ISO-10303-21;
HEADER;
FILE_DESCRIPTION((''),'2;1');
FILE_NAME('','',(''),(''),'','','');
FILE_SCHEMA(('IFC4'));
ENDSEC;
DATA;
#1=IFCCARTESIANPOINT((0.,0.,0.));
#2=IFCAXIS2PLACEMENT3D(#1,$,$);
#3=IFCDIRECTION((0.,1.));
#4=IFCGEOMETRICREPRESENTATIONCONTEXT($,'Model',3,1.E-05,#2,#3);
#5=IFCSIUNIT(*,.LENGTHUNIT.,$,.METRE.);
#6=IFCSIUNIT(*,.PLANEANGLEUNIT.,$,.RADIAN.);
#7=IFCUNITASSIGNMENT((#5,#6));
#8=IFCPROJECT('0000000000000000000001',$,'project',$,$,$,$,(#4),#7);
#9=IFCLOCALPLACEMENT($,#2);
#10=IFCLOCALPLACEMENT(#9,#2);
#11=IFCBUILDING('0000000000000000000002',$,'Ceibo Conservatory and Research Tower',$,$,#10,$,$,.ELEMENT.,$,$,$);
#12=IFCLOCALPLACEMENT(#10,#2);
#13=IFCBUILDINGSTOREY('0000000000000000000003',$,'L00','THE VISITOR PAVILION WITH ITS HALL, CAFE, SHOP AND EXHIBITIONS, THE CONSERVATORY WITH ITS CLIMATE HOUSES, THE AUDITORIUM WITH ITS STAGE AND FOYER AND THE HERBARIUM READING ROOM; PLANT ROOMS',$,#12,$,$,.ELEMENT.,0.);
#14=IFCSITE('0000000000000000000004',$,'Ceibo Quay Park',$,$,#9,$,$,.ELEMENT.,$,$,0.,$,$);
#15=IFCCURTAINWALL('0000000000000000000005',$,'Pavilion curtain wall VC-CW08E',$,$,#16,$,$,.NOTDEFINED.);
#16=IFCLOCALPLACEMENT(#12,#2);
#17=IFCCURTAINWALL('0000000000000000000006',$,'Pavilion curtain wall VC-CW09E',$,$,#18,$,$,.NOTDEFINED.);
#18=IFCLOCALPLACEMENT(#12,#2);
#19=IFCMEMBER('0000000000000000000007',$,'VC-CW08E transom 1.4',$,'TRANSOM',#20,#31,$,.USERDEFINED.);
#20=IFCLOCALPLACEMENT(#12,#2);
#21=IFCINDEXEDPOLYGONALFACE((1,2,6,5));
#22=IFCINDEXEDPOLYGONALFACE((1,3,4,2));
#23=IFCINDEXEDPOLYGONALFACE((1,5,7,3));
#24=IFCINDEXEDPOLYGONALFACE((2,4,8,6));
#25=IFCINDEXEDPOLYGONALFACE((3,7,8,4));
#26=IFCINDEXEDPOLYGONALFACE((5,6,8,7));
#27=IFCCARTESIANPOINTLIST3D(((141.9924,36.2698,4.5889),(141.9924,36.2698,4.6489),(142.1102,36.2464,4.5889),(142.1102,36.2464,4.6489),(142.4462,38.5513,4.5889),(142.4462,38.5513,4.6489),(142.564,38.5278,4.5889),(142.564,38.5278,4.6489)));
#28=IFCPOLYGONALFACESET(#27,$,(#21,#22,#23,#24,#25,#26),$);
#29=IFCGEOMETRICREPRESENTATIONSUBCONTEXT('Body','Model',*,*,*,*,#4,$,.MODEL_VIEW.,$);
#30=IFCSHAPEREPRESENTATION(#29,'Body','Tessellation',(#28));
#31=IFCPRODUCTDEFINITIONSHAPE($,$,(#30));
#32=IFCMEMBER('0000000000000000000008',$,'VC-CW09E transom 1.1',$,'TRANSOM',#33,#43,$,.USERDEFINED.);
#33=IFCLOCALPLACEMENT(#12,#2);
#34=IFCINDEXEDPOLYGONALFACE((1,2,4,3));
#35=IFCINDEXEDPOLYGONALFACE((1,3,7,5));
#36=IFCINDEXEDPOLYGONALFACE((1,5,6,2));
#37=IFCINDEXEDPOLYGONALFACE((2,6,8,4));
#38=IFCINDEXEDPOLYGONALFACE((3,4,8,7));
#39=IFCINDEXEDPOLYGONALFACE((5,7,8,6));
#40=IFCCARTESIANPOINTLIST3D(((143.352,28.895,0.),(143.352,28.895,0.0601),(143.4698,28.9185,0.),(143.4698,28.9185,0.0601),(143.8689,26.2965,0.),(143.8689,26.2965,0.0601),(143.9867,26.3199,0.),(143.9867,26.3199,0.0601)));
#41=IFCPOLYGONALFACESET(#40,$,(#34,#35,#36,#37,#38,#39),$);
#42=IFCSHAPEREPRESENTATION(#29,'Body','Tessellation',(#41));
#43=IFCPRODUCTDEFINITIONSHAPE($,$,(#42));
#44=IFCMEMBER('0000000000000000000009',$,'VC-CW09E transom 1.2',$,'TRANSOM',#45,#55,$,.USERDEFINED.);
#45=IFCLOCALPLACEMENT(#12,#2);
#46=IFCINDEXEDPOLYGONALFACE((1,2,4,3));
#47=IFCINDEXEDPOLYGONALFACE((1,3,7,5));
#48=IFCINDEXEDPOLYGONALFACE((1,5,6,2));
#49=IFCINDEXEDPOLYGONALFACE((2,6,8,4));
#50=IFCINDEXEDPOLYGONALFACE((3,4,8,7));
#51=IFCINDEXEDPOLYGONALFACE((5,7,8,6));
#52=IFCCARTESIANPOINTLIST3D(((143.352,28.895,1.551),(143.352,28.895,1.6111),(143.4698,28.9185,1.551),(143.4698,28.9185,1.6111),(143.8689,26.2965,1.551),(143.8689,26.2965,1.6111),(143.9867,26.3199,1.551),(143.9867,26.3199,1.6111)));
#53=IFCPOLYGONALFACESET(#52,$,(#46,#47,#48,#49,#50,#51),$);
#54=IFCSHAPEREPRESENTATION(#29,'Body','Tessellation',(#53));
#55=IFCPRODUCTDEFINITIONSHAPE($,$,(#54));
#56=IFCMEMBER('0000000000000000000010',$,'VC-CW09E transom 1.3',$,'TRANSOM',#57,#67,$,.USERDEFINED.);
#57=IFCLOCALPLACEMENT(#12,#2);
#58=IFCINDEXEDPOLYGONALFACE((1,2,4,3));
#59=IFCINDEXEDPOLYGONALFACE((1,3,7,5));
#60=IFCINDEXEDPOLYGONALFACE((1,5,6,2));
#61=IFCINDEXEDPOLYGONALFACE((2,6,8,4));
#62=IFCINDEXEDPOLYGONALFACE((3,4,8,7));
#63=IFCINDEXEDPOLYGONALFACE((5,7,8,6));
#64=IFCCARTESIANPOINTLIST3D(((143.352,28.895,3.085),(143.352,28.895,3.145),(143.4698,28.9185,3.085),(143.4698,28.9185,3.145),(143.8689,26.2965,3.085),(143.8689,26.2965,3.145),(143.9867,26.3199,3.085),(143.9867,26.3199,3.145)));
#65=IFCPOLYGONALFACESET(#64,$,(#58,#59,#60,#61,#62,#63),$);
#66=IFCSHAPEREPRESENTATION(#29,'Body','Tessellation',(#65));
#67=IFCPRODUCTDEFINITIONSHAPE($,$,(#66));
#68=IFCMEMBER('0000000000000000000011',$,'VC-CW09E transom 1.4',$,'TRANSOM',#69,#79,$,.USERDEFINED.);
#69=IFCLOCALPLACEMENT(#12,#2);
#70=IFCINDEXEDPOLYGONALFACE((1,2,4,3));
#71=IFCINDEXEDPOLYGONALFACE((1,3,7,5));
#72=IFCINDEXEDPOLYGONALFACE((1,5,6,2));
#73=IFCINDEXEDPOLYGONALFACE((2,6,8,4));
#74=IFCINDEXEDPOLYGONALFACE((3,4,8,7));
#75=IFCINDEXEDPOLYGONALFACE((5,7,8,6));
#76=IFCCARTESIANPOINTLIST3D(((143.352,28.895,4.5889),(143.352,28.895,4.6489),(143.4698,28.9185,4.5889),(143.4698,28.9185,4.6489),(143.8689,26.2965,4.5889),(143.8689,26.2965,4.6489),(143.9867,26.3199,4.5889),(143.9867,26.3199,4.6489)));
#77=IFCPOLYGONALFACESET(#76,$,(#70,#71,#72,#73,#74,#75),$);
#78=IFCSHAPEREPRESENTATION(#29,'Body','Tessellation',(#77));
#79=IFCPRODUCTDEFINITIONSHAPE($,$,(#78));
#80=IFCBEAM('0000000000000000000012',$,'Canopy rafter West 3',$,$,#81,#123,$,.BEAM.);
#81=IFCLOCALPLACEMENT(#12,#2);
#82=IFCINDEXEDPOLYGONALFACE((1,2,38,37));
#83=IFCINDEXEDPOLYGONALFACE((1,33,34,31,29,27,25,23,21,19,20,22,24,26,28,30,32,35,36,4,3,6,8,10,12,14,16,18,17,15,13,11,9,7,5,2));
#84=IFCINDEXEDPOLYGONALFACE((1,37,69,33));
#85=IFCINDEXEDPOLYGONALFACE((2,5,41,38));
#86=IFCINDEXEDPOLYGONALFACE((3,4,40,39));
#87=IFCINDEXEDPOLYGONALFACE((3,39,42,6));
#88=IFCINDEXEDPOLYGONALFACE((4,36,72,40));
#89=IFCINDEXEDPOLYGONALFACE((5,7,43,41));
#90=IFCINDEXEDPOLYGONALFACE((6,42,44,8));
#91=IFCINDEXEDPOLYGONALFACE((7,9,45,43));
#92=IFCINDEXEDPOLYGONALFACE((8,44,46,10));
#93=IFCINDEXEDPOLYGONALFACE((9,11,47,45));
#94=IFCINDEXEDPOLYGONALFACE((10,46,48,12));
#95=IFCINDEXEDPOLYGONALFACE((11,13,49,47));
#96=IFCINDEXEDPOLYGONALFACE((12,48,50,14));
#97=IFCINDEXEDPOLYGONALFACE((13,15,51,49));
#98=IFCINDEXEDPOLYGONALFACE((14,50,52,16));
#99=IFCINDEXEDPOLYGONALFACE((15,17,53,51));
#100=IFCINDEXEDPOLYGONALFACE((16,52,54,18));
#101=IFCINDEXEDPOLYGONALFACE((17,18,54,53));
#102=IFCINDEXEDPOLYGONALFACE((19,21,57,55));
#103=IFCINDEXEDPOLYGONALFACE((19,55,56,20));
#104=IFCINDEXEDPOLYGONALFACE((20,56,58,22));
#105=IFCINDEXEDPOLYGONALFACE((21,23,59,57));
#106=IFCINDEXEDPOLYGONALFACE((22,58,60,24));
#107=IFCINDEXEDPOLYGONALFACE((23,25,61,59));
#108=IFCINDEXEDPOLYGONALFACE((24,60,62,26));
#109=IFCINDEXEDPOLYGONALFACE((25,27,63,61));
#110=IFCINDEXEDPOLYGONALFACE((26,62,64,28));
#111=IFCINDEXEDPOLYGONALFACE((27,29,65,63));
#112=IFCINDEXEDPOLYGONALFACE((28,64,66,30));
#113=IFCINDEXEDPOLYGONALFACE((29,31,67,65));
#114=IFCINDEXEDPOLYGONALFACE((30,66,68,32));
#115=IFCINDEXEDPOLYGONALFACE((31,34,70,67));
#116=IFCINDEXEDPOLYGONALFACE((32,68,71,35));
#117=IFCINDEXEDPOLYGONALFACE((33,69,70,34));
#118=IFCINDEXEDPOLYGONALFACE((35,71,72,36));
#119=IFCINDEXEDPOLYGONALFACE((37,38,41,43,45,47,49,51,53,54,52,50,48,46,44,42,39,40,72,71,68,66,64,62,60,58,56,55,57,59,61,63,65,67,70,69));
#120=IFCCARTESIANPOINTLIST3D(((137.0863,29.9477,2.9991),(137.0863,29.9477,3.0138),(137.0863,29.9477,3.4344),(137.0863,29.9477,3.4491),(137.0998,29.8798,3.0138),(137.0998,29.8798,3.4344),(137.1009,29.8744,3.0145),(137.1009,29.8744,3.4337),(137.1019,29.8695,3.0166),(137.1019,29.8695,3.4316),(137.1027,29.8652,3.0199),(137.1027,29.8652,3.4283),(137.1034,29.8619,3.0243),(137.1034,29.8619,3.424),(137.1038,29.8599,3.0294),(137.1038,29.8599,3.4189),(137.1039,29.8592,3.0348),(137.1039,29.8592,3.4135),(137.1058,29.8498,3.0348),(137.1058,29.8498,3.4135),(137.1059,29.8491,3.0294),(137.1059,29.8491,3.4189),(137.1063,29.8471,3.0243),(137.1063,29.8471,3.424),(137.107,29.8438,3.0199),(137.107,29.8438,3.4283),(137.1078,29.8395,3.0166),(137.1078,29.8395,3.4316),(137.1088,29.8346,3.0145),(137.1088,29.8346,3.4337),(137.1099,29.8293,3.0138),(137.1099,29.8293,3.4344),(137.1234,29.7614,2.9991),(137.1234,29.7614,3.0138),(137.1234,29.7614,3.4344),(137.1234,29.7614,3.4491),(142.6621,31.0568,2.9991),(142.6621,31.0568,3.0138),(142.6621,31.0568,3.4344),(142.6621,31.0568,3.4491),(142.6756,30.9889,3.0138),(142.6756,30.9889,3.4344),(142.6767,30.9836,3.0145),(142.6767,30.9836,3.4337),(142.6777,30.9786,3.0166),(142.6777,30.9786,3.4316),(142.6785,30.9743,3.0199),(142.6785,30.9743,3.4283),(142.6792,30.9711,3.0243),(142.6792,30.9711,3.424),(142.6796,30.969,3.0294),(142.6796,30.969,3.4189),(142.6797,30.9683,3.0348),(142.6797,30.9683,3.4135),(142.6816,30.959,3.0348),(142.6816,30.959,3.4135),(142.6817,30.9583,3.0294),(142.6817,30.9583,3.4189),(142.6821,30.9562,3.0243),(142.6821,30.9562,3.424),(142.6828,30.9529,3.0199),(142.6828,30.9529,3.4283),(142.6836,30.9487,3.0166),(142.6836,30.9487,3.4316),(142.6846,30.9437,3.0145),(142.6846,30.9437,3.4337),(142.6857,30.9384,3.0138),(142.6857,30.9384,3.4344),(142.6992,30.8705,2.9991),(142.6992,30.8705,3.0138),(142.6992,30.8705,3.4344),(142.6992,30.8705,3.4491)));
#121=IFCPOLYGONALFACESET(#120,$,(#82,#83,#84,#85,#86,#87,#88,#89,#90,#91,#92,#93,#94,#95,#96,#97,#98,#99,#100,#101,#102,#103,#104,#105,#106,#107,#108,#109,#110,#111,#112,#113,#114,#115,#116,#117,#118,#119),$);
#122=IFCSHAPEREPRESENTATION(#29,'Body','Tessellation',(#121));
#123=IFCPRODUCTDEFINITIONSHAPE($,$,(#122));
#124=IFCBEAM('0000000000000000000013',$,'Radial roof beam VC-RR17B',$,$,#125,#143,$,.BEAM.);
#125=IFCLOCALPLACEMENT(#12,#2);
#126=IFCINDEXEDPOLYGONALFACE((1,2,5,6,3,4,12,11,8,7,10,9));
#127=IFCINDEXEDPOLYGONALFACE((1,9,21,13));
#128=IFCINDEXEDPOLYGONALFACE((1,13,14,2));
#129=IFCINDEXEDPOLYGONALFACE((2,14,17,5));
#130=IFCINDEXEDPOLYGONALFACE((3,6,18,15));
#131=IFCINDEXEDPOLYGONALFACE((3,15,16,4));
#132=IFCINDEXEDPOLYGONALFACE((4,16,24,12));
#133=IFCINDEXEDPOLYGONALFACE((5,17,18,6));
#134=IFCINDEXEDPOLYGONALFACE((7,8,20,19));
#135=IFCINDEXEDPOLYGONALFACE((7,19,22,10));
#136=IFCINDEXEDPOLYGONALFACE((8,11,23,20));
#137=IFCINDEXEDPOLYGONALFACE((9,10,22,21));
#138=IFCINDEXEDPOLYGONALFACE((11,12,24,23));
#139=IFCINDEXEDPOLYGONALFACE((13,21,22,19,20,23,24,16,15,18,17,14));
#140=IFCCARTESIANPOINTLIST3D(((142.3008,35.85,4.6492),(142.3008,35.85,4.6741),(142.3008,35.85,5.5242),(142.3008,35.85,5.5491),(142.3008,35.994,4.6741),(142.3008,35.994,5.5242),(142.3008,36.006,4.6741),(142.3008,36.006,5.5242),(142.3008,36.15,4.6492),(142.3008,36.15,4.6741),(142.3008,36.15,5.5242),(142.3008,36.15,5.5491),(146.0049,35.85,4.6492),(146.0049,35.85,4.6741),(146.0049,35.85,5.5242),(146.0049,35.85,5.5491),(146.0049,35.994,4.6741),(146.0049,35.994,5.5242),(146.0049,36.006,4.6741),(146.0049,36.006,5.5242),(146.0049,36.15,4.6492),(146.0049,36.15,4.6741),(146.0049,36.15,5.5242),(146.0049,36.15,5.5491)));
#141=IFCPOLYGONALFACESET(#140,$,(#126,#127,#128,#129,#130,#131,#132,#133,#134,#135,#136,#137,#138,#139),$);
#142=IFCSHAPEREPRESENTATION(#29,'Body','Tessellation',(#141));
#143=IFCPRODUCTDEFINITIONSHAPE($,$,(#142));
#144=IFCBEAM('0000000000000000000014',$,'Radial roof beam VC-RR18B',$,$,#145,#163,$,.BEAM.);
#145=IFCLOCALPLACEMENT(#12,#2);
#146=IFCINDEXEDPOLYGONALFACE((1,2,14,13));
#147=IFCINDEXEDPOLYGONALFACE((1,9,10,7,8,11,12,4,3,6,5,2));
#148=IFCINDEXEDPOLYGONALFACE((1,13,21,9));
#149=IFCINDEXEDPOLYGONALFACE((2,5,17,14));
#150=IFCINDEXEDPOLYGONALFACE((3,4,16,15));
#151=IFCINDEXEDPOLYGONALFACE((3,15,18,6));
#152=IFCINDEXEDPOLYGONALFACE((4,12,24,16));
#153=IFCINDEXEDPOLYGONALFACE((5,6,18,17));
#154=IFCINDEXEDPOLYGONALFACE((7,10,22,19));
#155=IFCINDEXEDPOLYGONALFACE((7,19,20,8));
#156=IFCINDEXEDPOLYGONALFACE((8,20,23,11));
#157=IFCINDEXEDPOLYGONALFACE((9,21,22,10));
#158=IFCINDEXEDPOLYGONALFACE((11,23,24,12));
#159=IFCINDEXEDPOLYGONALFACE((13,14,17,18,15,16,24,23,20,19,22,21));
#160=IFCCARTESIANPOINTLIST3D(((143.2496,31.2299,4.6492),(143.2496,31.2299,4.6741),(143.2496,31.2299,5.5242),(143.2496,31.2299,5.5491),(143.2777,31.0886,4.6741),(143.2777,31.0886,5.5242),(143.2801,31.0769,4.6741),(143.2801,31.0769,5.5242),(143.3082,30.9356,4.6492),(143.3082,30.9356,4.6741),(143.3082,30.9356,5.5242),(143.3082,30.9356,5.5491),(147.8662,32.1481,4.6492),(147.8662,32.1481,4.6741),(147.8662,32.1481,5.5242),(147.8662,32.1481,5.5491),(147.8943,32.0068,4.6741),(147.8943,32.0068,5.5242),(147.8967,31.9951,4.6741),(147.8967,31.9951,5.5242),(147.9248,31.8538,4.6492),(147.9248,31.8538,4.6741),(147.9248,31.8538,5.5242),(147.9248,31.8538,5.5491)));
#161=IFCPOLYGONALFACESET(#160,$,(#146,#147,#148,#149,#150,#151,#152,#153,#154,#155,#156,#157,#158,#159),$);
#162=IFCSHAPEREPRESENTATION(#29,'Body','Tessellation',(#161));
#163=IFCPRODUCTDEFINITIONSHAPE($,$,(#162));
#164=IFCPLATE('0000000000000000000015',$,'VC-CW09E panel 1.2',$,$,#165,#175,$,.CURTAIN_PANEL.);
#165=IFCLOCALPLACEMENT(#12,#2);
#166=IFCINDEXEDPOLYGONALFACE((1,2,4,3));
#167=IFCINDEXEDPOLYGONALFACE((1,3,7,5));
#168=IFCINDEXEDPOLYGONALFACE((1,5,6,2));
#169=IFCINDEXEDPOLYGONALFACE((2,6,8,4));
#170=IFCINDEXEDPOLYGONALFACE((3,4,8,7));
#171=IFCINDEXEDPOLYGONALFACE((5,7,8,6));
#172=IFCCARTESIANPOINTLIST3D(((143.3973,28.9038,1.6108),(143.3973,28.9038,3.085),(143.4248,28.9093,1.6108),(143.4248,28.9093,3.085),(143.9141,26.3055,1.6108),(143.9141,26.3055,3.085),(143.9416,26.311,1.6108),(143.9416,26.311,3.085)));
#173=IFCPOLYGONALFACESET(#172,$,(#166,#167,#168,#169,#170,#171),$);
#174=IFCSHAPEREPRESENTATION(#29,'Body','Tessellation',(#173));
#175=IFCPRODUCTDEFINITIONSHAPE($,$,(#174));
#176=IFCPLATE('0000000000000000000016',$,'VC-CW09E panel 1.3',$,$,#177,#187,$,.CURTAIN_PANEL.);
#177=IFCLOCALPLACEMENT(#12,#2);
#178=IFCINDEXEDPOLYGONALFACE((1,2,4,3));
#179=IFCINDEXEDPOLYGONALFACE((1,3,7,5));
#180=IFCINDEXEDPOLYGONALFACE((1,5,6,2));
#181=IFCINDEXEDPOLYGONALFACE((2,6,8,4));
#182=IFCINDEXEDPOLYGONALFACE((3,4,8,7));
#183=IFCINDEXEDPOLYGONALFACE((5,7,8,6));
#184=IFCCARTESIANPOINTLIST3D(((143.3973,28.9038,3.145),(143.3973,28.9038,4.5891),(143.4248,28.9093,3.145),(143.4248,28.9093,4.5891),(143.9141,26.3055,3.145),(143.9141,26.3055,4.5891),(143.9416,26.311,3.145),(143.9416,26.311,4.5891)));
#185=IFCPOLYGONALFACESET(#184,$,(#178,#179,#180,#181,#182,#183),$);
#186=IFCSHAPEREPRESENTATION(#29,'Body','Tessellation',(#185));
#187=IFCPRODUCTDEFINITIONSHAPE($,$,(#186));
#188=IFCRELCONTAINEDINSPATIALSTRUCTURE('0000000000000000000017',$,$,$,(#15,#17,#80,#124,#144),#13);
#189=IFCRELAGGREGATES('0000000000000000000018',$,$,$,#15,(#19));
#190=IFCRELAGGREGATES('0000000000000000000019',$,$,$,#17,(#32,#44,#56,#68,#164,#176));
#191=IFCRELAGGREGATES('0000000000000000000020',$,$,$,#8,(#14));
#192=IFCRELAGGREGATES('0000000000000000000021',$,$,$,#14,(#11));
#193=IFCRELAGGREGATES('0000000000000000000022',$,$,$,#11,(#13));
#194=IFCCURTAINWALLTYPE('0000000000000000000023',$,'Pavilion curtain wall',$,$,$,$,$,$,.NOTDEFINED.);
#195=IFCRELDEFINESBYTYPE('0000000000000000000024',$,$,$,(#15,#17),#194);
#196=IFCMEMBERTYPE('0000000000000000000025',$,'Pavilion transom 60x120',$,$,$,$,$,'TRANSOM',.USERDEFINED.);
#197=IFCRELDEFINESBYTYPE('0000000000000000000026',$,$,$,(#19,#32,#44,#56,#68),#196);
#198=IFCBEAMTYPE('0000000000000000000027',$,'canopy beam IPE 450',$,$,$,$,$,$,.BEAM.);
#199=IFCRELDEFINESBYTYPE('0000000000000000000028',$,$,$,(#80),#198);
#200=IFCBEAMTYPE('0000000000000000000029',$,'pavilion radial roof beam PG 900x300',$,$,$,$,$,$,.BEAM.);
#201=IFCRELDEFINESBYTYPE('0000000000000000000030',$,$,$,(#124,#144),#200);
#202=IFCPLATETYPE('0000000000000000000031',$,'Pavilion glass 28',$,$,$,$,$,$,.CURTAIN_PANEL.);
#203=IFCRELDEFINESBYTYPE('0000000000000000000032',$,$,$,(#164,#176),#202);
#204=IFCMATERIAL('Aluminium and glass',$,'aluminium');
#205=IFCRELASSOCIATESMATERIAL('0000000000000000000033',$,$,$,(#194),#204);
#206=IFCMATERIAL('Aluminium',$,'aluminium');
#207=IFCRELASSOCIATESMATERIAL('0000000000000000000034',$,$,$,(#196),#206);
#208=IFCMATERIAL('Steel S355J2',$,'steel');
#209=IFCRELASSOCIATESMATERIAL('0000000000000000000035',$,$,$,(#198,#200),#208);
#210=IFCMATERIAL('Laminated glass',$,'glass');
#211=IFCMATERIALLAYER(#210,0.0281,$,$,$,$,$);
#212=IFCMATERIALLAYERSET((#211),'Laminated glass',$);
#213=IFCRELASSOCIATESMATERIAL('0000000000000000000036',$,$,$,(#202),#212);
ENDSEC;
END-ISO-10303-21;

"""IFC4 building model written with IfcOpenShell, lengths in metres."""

from ifc_helpers import new_model, si_unit, direction, frame, origin, origin_2d, place, context, subcontext, project, spatial, rectangle, i_section, extrude, material, layer, layer_set, material_profile, profile_set, type_object, element, aggregate, save


model = new_model("IFC4")

# Units and contexts
model_context = context("Model", 3, precision=1e-05, world=origin(), true_north=direction((0.0, 1.0)))
body_context = subcontext(model_context, "Body", "Model", "MODEL_VIEW")
ifc_project = project(units=[si_unit("LENGTHUNIT", "METRE"), si_unit("PLANEANGLEUNIT", "RADIAN")], contexts=[model_context])

# Site, building, storey
site_placement = place(None, origin())
site = spatial("IfcSite", under=ifc_project, at=site_placement, Name="Ceibo Quay Park", CompositionType="ELEMENT", RefElevation=0.0)
building_placement = place(site_placement, origin())
building = spatial("IfcBuilding", under=site, at=building_placement, Name="Ceibo Conservatory and Research Tower", CompositionType="ELEMENT")
storey_placement = place(building_placement, origin())
storey = spatial("IfcBuildingStorey", under=building, at=storey_placement, Name="L00", Description="THE VISITOR PAVILION WITH ITS HALL, CAFE, SHOP AND EXHIBITIONS, THE CONSERVATORY WITH ITS CLIMATE HOUSES, THE AUDITORIUM WITH ITS STAGE AND FOYER AND THE HERBARIUM READING ROOM; PLANT ROOMS", CompositionType="ELEMENT", Elevation=0.0)

# Curtain walls
ifc_material_1 = material(Name="Aluminium and glass", Category="aluminium")
curtain_wall_type = type_object("IfcCurtainWallType", Name="Pavilion curtain wall", PredefinedType="NOTDEFINED", material=ifc_material_1)
curtain_wall_1_placement = place(storey_placement, origin())
curtain_wall_1 = element("IfcCurtainWall", 1, at=curtain_wall_1_placement, inside=storey, type_object=curtain_wall_type, Name="Pavilion curtain wall VC-CW08E", PredefinedType="NOTDEFINED")
ifc_material_2 = material(Name="Aluminium", Category="aluminium")
curtain_wall_2_placement = place(storey_placement, origin())
curtain_wall_2 = element("IfcCurtainWall", 2, at=curtain_wall_2_placement, inside=storey, type_object=curtain_wall_type, Name="Pavilion curtain wall VC-CW09E", PredefinedType="NOTDEFINED")

# Members
ifc_material_profile_1 = material_profile(ifc_material_2, rectangle(XDim=0.1201, YDim=0.0601, at=origin_2d()), Name="AL 60x120")
ifc_profile_set_1 = profile_set([ifc_material_profile_1], Name="Aluminium")
member_type_1 = type_object("IfcMemberType", Name="Pavilion transom 60x120", ElementType="TRANSOM", PredefinedType="USERDEFINED", material=ifc_profile_set_1)
member_1_placement = place(storey_placement, frame((142.5051, 38.5396, 4.6189), z_axis=(-0.195107, -0.980782, 0.0), x_axis=(0.980782, -0.195107, 0.0)))
member_1 = element("IfcMember", 3, at=member_1_placement, type_object=member_type_1, Name="VC-CW08E transom 1.4", ObjectType="TRANSOM", PredefinedType="USERDEFINED", context=body_context, shape_type="SweptSolid", body=[
    extrude(rectangle(XDim=0.1201, YDim=0.0601, at=origin_2d()), origin(), (0.0, 0.0, 1.0), 2.3262),
])
aggregate(curtain_wall_1, [member_1])
member_2_placement = place(storey_placement, frame((143.4109, 28.9067, 0.03), z_axis=(0.195088, -0.980786, 0.0), x_axis=(0.980786, 0.195088, 0.0)))
member_2 = element("IfcMember", 4, at=member_2_placement, type_object=member_type_1, Name="VC-CW09E transom 1.1", ObjectType="TRANSOM", PredefinedType="USERDEFINED", context=body_context, shape_type="SweptSolid", body=[
    extrude(rectangle(XDim=0.1201, YDim=0.0601, at=origin_2d()), origin(), (0.0, 0.0, 1.0), 2.6494),
])
member_3_placement = place(storey_placement, frame((143.4109, 28.9067, 1.5811), z_axis=(0.195088, -0.980786, 0.0), x_axis=(0.980786, 0.195088, 0.0)))
member_3 = element("IfcMember", 5, at=member_3_placement, type_object=member_type_1, Name="VC-CW09E transom 1.2", ObjectType="TRANSOM", PredefinedType="USERDEFINED", context=body_context, shape_type="SweptSolid", body=[
    extrude(rectangle(XDim=0.1201, YDim=0.0601, at=origin_2d()), origin(), (0.0, 0.0, 1.0), 2.6494),
])
member_4_placement = place(storey_placement, frame((143.4109, 28.9067, 3.115), z_axis=(0.195088, -0.980786, 0.0), x_axis=(0.980786, 0.195088, 0.0)))
member_4 = element("IfcMember", 6, at=member_4_placement, type_object=member_type_1, Name="VC-CW09E transom 1.3", ObjectType="TRANSOM", PredefinedType="USERDEFINED", context=body_context, shape_type="SweptSolid", body=[
    extrude(rectangle(XDim=0.1201, YDim=0.0601, at=origin_2d()), origin(), (0.0, 0.0, 1.0), 2.6494),
])
member_5_placement = place(storey_placement, frame((143.4109, 28.9067, 4.6189), z_axis=(0.195088, -0.980786, 0.0), x_axis=(0.980786, 0.195088, 0.0)))
member_5 = element("IfcMember", 7, at=member_5_placement, type_object=member_type_1, Name="VC-CW09E transom 1.4", ObjectType="TRANSOM", PredefinedType="USERDEFINED", context=body_context, shape_type="SweptSolid", body=[
    extrude(rectangle(XDim=0.1201, YDim=0.0601, at=origin_2d()), origin(), (0.0, 0.0, 1.0), 2.6494),
])

# Beams
ifc_material_3 = material(Name="Steel S355J2", Category="steel")
ifc_material_profile_2 = material_profile(ifc_material_3, i_section(OverallWidth=0.1899, OverallDepth=0.45, WebThickness=0.0095, FlangeThickness=0.0146, FilletRadius=0.021, at=origin_2d()), Name="IPE 450")
ifc_profile_set_2 = profile_set([ifc_material_profile_2], Name="Steel S355J2")
beam_type_1 = type_object("IfcBeamType", Name="canopy beam IPE 450", PredefinedType="BEAM", material=ifc_profile_set_2)
beam_1_placement = place(storey_placement, frame((142.6807, 30.9636, 3.2241), z_axis=(-0.980785, -0.195092, 0.0), x_axis=(0.195092, -0.980785, 0.0)))
element("IfcBeam", 8, at=beam_1_placement, inside=storey, type_object=beam_type_1, Name="Canopy rafter West 3", PredefinedType="BEAM", context=body_context, shape_type="SweptSolid", body=[
    extrude(i_section(OverallWidth=0.1899, OverallDepth=0.45, WebThickness=0.0095, FlangeThickness=0.0146, FilletRadius=0.021, at=origin_2d()), origin(), (0.0, 0.0, 1.0), 5.6851),
])
ifc_material_profile_3 = material_profile(ifc_material_3, i_section(OverallWidth=0.3, OverallDepth=0.8999, WebThickness=0.012, FlangeThickness=0.0249, at=origin_2d()), Name="PG 900x300")
ifc_profile_set_3 = profile_set([ifc_material_profile_3], Name="Steel S355J2")
beam_type_2 = type_object("IfcBeamType", Name="pavilion radial roof beam PG 900x300", PredefinedType="BEAM", material=ifc_profile_set_3)
beam_2_placement = place(storey_placement, frame((146.0049, 36.0, 5.0991), z_axis=(-1.0, 0.0, 0.0), x_axis=(0.0, -1.0, 0.0)))
element("IfcBeam", 9, at=beam_2_placement, inside=storey, type_object=beam_type_2, Name="Radial roof beam VC-RR17B", PredefinedType="BEAM", context=body_context, shape_type="SweptSolid", body=[
    extrude(i_section(OverallWidth=0.3, OverallDepth=0.8999, WebThickness=0.012, FlangeThickness=0.0249, at=origin_2d()), origin(), (0.0, 0.0, 1.0), 3.7041),
])
beam_3_placement = place(storey_placement, frame((147.8955, 32.001, 5.0991), z_axis=(-0.98079, -0.195069, 0.0), x_axis=(0.195069, -0.98079, 0.0)))
element("IfcBeam", 10, at=beam_3_placement, inside=storey, type_object=beam_type_2, Name="Radial roof beam VC-RR18B", PredefinedType="BEAM", context=body_context, shape_type="SweptSolid", body=[
    extrude(i_section(OverallWidth=0.3, OverallDepth=0.8999, WebThickness=0.012, FlangeThickness=0.0249, at=origin_2d()), origin(), (0.0, 0.0, 1.0), 4.707),
])

# Plates
ifc_material_4 = material(Name="Laminated glass", Category="glass")
ifc_layer_1 = layer(ifc_material_4, 0.0281)
ifc_layer_set_1 = layer_set([ifc_layer_1], Name="Laminated glass")
plate_type = type_object("IfcPlateType", Name="Pavilion glass 28", PredefinedType="CURTAIN_PANEL", material=ifc_layer_set_1)
plate_1_placement = place(storey_placement, frame((143.6694, 27.6074, 1.6108), z_axis=(0.0, 0.0, 1.0), x_axis=(0.19509, -0.980785, 0.0)))
plate_1 = element("IfcPlate", 11, at=plate_1_placement, type_object=plate_type, Name="VC-CW09E panel 1.2", PredefinedType="CURTAIN_PANEL", context=body_context, shape_type="SweptSolid", body=[
    extrude(rectangle(XDim=2.6492, YDim=0.0281, at=origin_2d()), origin(), (0.0, 0.0, 1.0), 1.4741),
])
plate_2_placement = place(storey_placement, frame((143.6694, 27.6074, 3.145), z_axis=(0.0, 0.0, 1.0), x_axis=(0.19509, -0.980785, 0.0)))
plate_2 = element("IfcPlate", 12, at=plate_2_placement, type_object=plate_type, Name="VC-CW09E panel 1.3", PredefinedType="CURTAIN_PANEL", context=body_context, shape_type="SweptSolid", body=[
    extrude(rectangle(XDim=2.6492, YDim=0.0281, at=origin_2d()), origin(), (0.0, 0.0, 1.0), 1.4441),
])
aggregate(curtain_wall_2, [member_2, member_3, member_4, member_5, plate_1, plate_2])

save(model, "model.ifc")
